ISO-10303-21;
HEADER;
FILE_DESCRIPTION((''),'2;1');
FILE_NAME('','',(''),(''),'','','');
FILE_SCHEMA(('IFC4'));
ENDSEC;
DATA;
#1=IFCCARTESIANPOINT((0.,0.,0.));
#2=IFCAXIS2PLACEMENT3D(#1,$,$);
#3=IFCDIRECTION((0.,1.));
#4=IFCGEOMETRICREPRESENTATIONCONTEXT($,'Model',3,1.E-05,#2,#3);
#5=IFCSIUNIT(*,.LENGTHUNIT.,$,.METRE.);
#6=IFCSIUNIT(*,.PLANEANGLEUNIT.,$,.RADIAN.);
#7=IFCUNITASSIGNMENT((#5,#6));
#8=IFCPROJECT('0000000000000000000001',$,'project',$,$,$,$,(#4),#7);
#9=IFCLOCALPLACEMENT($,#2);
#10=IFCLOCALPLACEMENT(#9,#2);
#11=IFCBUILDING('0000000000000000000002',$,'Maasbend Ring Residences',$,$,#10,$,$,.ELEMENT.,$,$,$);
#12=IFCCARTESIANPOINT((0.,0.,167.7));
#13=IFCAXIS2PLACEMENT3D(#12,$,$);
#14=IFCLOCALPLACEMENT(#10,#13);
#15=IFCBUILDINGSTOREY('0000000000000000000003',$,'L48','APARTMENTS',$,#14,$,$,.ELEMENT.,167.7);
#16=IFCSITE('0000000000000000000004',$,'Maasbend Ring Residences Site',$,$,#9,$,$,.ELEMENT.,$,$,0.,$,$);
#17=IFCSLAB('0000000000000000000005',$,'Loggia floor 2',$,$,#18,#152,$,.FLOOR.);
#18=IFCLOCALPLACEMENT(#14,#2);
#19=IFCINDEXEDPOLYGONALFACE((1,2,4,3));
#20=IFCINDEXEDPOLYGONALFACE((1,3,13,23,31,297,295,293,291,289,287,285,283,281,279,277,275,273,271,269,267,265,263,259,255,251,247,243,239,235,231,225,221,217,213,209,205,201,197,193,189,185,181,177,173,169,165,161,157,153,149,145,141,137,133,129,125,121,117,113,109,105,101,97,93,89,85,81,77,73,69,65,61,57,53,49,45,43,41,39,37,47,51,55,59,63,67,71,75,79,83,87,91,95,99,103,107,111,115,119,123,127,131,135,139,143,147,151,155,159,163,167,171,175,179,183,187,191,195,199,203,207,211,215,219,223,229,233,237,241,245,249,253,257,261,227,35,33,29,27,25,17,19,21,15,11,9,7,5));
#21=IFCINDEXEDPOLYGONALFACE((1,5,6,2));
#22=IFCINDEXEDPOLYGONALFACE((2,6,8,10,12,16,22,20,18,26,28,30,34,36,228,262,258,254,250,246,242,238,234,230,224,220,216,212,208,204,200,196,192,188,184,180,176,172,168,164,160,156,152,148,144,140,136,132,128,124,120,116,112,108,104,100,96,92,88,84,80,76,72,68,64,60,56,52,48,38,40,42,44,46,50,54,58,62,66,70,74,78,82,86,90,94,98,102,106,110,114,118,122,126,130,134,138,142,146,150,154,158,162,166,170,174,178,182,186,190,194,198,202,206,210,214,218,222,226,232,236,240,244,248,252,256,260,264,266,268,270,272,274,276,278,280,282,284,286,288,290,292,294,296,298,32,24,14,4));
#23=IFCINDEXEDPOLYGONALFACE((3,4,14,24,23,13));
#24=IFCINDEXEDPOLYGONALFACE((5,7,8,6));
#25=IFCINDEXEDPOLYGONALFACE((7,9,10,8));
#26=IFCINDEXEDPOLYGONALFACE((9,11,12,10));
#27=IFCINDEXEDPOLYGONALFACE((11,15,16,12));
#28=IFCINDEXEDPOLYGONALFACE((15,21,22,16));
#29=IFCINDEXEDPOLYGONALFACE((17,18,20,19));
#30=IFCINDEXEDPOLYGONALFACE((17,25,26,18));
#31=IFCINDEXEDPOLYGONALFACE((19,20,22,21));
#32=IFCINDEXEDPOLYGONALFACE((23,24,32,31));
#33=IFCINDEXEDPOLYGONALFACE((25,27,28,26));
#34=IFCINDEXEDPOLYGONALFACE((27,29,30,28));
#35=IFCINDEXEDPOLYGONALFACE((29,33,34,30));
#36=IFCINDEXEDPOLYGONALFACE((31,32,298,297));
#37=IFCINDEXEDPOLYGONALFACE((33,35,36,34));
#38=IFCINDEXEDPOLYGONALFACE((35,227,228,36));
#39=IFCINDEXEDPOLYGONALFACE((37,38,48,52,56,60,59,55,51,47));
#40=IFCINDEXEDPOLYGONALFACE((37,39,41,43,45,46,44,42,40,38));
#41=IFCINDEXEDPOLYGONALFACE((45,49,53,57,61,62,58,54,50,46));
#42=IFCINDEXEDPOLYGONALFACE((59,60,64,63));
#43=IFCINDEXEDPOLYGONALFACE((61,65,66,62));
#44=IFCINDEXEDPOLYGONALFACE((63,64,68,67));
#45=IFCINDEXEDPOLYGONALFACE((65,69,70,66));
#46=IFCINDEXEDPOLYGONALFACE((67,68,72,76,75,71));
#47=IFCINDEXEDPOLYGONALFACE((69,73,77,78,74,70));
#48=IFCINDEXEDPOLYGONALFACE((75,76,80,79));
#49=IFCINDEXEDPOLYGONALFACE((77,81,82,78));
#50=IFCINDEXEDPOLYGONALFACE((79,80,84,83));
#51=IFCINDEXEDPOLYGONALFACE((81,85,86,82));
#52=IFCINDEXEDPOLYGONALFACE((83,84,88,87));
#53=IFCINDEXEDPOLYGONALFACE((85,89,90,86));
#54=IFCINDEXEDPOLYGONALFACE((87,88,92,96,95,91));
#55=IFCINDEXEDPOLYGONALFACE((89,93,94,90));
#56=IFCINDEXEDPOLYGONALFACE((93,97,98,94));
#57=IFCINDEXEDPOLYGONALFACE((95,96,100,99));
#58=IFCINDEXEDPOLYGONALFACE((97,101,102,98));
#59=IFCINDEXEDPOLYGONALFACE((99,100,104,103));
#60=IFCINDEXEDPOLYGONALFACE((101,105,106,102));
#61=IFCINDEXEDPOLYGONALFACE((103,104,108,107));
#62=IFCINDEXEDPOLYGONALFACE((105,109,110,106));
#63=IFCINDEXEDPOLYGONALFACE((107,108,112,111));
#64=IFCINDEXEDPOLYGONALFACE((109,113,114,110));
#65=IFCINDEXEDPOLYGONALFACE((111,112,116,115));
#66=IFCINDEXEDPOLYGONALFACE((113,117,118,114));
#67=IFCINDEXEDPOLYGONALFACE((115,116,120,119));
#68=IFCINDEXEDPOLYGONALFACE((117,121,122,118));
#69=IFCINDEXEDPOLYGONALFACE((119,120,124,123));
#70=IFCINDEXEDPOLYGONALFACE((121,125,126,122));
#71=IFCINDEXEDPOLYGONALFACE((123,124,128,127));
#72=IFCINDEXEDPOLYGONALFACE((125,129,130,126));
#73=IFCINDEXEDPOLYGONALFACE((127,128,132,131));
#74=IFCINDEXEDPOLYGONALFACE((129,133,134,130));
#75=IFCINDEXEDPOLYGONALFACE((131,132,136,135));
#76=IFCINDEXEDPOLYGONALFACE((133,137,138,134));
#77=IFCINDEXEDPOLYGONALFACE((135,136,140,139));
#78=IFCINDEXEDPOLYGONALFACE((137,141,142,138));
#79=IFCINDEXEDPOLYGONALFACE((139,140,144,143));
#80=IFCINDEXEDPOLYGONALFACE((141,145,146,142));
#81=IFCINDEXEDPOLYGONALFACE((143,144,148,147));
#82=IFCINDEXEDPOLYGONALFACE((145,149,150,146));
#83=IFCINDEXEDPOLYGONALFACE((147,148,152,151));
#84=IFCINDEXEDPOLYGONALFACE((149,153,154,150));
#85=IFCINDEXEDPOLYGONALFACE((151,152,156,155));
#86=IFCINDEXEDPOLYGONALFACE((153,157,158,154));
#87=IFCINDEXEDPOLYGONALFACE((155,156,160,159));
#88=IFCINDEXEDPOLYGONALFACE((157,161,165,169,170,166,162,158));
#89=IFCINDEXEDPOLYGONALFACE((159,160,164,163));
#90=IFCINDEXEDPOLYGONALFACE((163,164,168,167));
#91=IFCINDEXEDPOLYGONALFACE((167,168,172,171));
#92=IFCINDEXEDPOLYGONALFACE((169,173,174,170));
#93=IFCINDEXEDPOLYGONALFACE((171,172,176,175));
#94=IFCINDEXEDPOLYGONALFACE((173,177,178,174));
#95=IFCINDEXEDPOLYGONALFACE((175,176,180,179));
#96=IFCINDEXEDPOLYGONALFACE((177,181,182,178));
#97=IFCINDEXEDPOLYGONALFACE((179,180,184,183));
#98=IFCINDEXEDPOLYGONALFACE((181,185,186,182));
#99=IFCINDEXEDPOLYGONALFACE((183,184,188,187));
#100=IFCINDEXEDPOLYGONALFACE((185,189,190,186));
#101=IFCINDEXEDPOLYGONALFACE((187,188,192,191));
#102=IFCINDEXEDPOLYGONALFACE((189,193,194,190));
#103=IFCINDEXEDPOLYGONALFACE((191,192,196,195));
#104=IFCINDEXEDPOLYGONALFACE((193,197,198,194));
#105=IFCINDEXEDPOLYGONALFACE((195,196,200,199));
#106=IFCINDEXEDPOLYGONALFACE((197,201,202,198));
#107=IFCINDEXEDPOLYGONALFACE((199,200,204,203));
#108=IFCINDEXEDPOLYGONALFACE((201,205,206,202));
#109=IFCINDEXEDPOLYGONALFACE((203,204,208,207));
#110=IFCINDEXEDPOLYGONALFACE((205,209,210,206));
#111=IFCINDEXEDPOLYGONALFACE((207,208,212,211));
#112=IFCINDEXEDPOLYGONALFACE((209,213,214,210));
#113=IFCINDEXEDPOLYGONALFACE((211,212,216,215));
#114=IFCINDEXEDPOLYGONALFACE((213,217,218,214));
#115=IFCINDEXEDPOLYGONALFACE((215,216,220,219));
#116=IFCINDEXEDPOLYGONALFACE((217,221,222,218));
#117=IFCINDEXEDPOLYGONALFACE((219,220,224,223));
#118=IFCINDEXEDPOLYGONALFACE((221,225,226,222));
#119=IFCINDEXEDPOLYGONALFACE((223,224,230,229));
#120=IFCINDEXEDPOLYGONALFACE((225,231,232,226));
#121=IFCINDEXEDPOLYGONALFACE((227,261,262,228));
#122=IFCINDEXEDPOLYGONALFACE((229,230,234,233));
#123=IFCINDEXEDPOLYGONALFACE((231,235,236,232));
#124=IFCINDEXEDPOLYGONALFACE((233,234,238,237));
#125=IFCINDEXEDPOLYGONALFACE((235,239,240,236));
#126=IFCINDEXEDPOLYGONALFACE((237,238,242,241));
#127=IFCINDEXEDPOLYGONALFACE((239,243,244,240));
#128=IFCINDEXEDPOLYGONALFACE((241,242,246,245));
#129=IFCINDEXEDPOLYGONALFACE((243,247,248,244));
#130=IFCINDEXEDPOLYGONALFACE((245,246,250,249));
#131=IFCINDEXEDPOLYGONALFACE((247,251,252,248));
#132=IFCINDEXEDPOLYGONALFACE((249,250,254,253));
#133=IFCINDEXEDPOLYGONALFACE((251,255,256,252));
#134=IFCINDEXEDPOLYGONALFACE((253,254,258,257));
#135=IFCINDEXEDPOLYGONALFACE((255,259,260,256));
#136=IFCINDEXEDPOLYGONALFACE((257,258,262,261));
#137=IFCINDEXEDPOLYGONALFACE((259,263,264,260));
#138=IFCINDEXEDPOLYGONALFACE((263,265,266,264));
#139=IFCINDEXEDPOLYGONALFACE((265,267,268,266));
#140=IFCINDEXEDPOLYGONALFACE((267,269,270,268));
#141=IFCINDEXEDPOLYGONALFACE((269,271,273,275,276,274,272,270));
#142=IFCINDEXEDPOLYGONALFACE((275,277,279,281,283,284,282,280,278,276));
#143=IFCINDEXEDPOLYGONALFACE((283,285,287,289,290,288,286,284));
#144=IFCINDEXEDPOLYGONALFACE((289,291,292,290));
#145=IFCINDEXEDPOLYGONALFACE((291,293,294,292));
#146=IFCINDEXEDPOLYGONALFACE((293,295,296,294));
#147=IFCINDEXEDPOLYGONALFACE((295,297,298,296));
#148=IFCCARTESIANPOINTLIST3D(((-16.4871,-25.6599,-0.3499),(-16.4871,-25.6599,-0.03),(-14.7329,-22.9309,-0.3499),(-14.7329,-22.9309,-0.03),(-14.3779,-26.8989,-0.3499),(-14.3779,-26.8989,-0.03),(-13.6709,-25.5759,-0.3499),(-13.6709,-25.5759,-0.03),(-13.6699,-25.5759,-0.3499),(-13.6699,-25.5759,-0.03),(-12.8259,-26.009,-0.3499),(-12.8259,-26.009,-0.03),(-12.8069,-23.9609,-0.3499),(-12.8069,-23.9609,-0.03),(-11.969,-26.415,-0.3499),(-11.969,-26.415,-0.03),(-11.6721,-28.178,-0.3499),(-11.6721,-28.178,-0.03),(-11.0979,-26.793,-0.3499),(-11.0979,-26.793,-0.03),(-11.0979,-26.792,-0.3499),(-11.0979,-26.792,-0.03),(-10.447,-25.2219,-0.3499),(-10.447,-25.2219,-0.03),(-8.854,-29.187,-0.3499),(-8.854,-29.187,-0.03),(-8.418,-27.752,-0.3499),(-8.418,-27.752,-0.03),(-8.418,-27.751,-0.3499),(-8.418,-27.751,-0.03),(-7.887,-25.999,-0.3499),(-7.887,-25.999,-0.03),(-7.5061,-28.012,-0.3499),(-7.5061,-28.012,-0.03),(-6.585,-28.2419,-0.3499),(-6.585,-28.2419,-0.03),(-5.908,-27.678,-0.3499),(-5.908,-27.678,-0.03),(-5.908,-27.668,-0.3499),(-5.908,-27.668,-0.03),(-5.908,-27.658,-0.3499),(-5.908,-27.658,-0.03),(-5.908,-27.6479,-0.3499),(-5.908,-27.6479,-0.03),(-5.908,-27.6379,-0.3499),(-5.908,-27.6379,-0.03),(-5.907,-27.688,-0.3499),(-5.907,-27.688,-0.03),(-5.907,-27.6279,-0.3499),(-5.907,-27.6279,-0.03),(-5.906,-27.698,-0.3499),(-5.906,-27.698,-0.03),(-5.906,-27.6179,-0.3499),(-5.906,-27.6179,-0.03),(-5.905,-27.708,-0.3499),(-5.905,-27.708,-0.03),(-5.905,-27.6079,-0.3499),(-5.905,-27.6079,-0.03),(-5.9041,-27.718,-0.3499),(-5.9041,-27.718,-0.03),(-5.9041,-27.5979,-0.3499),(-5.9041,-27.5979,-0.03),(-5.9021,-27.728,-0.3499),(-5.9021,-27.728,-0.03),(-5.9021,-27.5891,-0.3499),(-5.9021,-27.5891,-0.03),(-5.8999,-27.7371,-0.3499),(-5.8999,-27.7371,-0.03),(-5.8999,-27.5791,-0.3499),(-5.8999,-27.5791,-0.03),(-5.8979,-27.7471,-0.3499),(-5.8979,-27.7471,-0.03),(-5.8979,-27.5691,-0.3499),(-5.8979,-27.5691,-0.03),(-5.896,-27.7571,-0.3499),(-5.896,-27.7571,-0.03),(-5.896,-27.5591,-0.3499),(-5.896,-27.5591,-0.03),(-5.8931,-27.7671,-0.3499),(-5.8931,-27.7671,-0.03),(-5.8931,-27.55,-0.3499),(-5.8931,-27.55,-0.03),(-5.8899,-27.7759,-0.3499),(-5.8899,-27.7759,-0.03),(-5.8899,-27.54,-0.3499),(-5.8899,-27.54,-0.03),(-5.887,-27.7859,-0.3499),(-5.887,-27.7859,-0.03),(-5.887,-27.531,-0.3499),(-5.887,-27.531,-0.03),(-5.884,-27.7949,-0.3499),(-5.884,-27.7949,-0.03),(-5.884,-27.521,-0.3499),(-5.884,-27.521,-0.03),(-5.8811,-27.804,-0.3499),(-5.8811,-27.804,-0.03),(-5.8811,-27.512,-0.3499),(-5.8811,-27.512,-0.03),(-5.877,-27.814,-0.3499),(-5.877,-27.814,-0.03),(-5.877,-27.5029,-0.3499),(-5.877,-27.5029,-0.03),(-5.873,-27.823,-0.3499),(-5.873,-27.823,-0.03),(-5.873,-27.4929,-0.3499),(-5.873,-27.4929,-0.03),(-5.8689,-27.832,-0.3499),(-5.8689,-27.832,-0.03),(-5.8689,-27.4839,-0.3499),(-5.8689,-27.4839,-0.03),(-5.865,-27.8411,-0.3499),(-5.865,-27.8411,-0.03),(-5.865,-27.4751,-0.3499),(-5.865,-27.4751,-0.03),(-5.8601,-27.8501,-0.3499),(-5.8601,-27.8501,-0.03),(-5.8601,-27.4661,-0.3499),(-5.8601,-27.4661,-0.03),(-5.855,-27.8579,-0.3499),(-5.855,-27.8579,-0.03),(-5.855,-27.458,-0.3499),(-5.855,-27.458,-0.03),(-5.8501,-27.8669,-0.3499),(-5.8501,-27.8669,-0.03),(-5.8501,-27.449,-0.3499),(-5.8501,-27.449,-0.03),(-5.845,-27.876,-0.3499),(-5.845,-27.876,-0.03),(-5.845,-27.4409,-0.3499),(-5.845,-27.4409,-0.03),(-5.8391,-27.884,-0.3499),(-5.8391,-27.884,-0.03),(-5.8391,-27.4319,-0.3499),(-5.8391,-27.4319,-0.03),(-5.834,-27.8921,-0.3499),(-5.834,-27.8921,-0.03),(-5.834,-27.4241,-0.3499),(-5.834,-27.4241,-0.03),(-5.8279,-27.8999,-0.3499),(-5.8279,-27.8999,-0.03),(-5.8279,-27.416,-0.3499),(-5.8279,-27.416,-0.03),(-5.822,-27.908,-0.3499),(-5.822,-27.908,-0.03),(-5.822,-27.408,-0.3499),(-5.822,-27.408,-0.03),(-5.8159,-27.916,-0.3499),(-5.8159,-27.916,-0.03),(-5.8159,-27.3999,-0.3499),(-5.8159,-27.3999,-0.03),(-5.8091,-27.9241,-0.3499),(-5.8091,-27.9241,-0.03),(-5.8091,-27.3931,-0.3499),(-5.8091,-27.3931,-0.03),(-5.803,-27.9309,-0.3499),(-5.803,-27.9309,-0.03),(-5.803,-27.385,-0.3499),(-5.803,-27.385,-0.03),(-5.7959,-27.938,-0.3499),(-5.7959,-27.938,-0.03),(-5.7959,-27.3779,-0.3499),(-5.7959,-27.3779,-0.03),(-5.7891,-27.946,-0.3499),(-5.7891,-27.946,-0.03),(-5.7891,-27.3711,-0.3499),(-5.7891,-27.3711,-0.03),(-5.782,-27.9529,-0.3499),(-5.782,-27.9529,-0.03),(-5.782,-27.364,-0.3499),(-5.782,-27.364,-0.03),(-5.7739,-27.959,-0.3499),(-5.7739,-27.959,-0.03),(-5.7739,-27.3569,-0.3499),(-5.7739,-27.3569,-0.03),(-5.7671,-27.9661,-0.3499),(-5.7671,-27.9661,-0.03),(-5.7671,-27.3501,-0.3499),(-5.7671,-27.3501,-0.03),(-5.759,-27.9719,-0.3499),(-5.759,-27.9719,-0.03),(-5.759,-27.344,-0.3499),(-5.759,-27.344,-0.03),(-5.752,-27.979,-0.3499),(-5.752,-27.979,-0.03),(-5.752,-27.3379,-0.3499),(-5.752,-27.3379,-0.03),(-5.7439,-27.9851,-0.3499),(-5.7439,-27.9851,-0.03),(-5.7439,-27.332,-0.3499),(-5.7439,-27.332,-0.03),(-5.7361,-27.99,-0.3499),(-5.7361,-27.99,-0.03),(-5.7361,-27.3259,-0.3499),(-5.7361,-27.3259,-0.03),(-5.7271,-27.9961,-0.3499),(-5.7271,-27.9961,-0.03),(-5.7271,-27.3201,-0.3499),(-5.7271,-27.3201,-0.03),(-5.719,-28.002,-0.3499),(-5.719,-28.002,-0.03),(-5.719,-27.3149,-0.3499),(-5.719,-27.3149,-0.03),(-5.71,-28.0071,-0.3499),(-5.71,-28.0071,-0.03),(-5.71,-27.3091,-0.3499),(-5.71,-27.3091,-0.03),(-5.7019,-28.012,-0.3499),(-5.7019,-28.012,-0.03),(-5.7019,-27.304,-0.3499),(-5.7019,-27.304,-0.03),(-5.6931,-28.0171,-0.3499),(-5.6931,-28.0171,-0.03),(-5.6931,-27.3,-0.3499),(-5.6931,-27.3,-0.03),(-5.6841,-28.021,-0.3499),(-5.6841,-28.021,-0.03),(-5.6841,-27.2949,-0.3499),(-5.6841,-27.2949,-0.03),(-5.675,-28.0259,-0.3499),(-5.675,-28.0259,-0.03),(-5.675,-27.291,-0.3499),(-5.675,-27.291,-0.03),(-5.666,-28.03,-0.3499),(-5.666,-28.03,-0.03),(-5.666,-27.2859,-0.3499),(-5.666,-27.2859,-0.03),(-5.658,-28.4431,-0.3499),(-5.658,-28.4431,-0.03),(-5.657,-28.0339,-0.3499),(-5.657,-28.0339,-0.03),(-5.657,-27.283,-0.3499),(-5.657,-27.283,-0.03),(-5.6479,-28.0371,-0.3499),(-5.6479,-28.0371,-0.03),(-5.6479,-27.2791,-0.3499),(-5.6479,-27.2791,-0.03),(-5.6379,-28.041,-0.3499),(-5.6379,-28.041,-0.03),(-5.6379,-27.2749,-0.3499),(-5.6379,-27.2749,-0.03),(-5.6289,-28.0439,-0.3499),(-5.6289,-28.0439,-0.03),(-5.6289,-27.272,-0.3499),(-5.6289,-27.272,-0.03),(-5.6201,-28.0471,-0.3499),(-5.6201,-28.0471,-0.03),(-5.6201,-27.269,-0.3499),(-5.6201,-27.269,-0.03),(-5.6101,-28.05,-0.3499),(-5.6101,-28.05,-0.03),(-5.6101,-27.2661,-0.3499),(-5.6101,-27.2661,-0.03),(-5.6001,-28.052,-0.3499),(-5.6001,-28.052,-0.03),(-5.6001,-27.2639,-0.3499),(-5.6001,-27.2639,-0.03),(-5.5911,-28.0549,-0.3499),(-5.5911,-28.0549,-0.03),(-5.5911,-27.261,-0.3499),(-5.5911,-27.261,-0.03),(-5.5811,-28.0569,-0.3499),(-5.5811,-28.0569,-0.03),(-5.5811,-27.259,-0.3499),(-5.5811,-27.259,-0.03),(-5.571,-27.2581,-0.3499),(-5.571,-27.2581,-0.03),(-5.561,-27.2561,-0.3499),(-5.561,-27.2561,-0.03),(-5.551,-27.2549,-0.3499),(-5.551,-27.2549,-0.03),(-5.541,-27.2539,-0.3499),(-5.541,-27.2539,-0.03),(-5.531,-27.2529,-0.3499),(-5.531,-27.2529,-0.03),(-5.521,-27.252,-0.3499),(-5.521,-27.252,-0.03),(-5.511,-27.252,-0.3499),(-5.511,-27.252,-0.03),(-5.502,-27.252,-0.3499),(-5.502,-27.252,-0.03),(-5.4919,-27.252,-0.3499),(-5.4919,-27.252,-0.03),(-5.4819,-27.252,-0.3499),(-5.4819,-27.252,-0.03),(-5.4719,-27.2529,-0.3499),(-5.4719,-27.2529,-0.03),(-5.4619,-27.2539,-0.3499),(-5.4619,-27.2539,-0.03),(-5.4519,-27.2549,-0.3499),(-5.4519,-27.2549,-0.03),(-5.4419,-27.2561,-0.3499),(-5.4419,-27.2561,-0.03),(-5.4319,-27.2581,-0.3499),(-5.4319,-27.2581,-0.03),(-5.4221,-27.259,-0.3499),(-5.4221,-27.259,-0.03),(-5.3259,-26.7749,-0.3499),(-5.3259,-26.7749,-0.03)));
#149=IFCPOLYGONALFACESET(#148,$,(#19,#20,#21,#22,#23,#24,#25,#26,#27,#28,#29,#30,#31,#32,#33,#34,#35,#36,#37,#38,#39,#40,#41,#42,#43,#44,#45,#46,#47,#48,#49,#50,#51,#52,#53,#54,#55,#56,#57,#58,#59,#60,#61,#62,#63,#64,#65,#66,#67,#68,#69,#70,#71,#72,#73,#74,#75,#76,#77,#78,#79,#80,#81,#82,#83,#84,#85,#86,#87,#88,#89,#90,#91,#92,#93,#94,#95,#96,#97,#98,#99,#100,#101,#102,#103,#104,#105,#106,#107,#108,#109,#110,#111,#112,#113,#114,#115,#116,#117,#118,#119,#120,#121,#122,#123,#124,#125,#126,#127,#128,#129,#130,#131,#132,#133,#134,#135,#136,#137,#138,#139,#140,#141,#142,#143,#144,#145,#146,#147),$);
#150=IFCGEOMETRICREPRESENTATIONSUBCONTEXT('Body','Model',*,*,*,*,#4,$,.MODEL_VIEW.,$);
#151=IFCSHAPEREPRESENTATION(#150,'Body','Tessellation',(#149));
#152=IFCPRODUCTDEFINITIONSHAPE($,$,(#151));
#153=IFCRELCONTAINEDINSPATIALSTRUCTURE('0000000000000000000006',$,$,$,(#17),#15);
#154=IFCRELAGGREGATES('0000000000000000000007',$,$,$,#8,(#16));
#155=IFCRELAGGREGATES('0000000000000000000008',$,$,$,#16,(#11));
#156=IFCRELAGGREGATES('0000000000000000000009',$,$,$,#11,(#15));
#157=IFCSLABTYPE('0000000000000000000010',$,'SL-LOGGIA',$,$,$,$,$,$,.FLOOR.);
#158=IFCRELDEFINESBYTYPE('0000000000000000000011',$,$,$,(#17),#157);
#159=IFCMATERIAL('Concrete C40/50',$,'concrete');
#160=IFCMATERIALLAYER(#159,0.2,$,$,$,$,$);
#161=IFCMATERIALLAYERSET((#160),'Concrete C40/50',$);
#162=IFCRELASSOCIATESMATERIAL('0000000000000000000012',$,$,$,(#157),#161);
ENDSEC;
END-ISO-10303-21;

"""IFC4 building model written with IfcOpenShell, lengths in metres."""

from ifc_helpers import new_model, si_unit, direction, frame, origin, place, context, subcontext, project, spatial, polyline, outline, extrude, material, layer, layer_set, type_object, element, save


model = new_model("IFC4")

# Units and contexts
model_context = context("Model", 3, precision=1e-05, world=origin(), true_north=direction((0.0, 1.0)))
body_context = subcontext(model_context, "Body", "Model", "MODEL_VIEW")
ifc_project = project(units=[si_unit("LENGTHUNIT", "METRE"), si_unit("PLANEANGLEUNIT", "RADIAN")], contexts=[model_context])

# Site, building, storey
site_placement = place(None, origin())
site = spatial("IfcSite", under=ifc_project, at=site_placement, Name="Maasbend Ring Residences Site", CompositionType="ELEMENT", RefElevation=0.0)
building_placement = place(site_placement, origin())
building = spatial("IfcBuilding", under=site, at=building_placement, Name="Maasbend Ring Residences", CompositionType="ELEMENT")
storey_placement = place(building_placement, frame((0.0, 0.0, 167.7)))
storey = spatial("IfcBuildingStorey", under=building, at=storey_placement, Name="L48", Description="APARTMENTS", CompositionType="ELEMENT", Elevation=167.7)

# Slab
ifc_material_1 = material(Name="Concrete C40/50", Category="concrete")
ifc_layer_1 = layer(ifc_material_1, 0.2)
ifc_layer_set_1 = layer_set([ifc_layer_1], Name="Concrete C40/50")
slab_type_1 = type_object("IfcSlabType", Name="SL-LOGGIA", PredefinedType="FLOOR", material=ifc_layer_set_1)
slab_1_placement = place(storey_placement, frame((0.0, 0.0, -0.3499)))
element("IfcSlab", 1, at=slab_1_placement, inside=storey, type_object=slab_type_1, Name="Loggia floor 2", PredefinedType="FLOOR", context=body_context, shape_type="SweptSolid", body=[
    extrude(outline(polyline([(-12.8069, -23.9609), (-10.447, -25.2219), (-10.447, -25.2219), (-10.447, -25.2219), (-7.887, -25.999), (-5.3259, -26.7749), (-5.3259, -26.7749), (-5.3259, -26.7749), (-5.4221, -27.259), (-5.4319, -27.2581), (-5.4419, -27.2561), (-5.4519, -27.2549), (-5.4619, -27.2539), (-5.4719, -27.2529), (-5.4819, -27.252), (-5.4919, -27.252), (-5.502, -27.252), (-5.511, -27.252), (-5.521, -27.252), (-5.531, -27.2529), (-5.541, -27.2539), (-5.551, -27.2549), (-5.561, -27.2561), (-5.571, -27.2581), (-5.5811, -27.259), (-5.5911, -27.261), (-5.6001, -27.2639), (-5.6101, -27.2661), (-5.6201, -27.269), (-5.6289, -27.272), (-5.6379, -27.2749), (-5.6479, -27.2791), (-5.657, -27.283), (-5.666, -27.2859), (-5.675, -27.291), (-5.6841, -27.2949), (-5.6931, -27.3), (-5.7019, -27.304), (-5.71, -27.3091), (-5.719, -27.3149), (-5.7271, -27.3201), (-5.7361, -27.3259), (-5.7439, -27.332), (-5.752, -27.3379), (-5.759, -27.344), (-5.7671, -27.3501), (-5.7739, -27.3569), (-5.782, -27.364), (-5.7891, -27.3711), (-5.7959, -27.3779), (-5.803, -27.385), (-5.8091, -27.3931), (-5.8159, -27.3999), (-5.822, -27.408), (-5.8279, -27.416), (-5.834, -27.4241), (-5.8391, -27.4319), (-5.845, -27.4409), (-5.8501, -27.449), (-5.855, -27.458), (-5.8601, -27.4661), (-5.865, -27.4751), (-5.8689, -27.4839), (-5.873, -27.4929), (-5.877, -27.5029), (-5.8811, -27.512), (-5.884, -27.521), (-5.887, -27.531), (-5.8899, -27.54), (-5.8931, -27.55), (-5.896, -27.5591), (-5.8979, -27.5691), (-5.8999, -27.5791), (-5.9021, -27.5891), (-5.9041, -27.5979), (-5.905, -27.6079), (-5.906, -27.6179), (-5.907, -27.6279), (-5.908, -27.6379), (-5.908, -27.6479), (-5.908, -27.658), (-5.908, -27.668), (-5.908, -27.678), (-5.907, -27.688), (-5.906, -27.698), (-5.905, -27.708), (-5.9041, -27.718), (-5.9021, -27.728), (-5.8999, -27.7371), (-5.8979, -27.7471), (-5.896, -27.7571), (-5.8931, -27.7671), (-5.8899, -27.7759), (-5.887, -27.7859), (-5.884, -27.7949), (-5.8811, -27.804), (-5.877, -27.814), (-5.873, -27.823), (-5.8689, -27.832), (-5.865, -27.8411), (-5.8601, -27.8501), (-5.855, -27.8579), (-5.8501, -27.8669), (-5.845, -27.876), (-5.8391, -27.884), (-5.834, -27.8921), (-5.8279, -27.8999), (-5.822, -27.908), (-5.8159, -27.916), (-5.8091, -27.9241), (-5.803, -27.9309), (-5.7959, -27.938), (-5.7891, -27.946), (-5.782, -27.9529), (-5.7739, -27.959), (-5.7671, -27.9661), (-5.759, -27.9719), (-5.752, -27.979), (-5.7439, -27.9851), (-5.7361, -27.99), (-5.7271, -27.9961), (-5.719, -28.002), (-5.71, -28.0071), (-5.7019, -28.012), (-5.6931, -28.0171), (-5.6841, -28.021), (-5.675, -28.0259), (-5.666, -28.03), (-5.657, -28.0339), (-5.6479, -28.0371), (-5.6379, -28.041), (-5.6289, -28.0439), (-5.6201, -28.0471), (-5.6101, -28.05), (-5.6001, -28.052), (-5.5911, -28.0549), (-5.5811, -28.0569), (-5.658, -28.4431), (-5.658, -28.4431), (-5.658, -28.4431), (-6.585, -28.2419), (-6.585, -28.2419), (-7.5061, -28.012), (-7.5061, -28.012), (-8.418, -27.751), (-8.418, -27.751), (-8.418, -27.751), (-8.418, -27.751), (-8.418, -27.751), (-8.418, -27.751), (-8.418, -27.751), (-8.418, -27.751), (-8.418, -27.751), (-8.418, -27.751), (-8.418, -27.752), (-8.418, -27.752), (-8.418, -27.752), (-8.418, -27.752), (-8.418, -27.752), (-8.418, -27.752), (-8.418, -27.752), (-8.854, -29.187), (-8.854, -29.187), (-8.854, -29.187), (-11.6721, -28.178), (-11.6721, -28.178), (-11.6721, -28.178), (-11.0979, -26.793), (-11.0979, -26.793), (-11.0979, -26.793), (-11.0979, -26.793), (-11.0979, -26.793), (-11.0979, -26.793), (-11.0979, -26.793), (-11.0979, -26.793), (-11.0979, -26.793), (-11.0979, -26.793), (-11.0979, -26.792), (-11.0979, -26.792), (-11.0979, -26.792), (-11.0979, -26.792), (-11.0979, -26.792), (-11.0979, -26.792), (-11.0979, -26.792), (-11.969, -26.415), (-11.969, -26.415), (-12.8259, -26.009), (-12.8259, -26.009), (-13.6699, -25.5759), (-13.6699, -25.5759), (-13.6699, -25.5759), (-13.6699, -25.5759), (-13.6699, -25.5759), (-13.6699, -25.5759), (-13.6699, -25.5759), (-13.6699, -25.5759), (-13.6699, -25.5759), (-13.6699, -25.5759), (-13.6709, -25.5759), (-13.6709, -25.5759), (-13.6709, -25.5759), (-13.6709, -25.5759), (-13.6709, -25.5759), (-13.6709, -25.5759), (-13.6709, -25.5759), (-14.3779, -26.8989), (-14.3779, -26.8989), (-14.3779, -26.8989), (-16.4871, -25.6599), (-16.4871, -25.6599), (-16.4871, -25.6599), (-14.7329, -22.9309), (-14.7329, -22.9309), (-14.7329, -22.9309), (-12.8069, -23.9609)])), origin(), (0.0, 0.0, 1.0), 0.3198),
])

save(model, "model.ifc")
